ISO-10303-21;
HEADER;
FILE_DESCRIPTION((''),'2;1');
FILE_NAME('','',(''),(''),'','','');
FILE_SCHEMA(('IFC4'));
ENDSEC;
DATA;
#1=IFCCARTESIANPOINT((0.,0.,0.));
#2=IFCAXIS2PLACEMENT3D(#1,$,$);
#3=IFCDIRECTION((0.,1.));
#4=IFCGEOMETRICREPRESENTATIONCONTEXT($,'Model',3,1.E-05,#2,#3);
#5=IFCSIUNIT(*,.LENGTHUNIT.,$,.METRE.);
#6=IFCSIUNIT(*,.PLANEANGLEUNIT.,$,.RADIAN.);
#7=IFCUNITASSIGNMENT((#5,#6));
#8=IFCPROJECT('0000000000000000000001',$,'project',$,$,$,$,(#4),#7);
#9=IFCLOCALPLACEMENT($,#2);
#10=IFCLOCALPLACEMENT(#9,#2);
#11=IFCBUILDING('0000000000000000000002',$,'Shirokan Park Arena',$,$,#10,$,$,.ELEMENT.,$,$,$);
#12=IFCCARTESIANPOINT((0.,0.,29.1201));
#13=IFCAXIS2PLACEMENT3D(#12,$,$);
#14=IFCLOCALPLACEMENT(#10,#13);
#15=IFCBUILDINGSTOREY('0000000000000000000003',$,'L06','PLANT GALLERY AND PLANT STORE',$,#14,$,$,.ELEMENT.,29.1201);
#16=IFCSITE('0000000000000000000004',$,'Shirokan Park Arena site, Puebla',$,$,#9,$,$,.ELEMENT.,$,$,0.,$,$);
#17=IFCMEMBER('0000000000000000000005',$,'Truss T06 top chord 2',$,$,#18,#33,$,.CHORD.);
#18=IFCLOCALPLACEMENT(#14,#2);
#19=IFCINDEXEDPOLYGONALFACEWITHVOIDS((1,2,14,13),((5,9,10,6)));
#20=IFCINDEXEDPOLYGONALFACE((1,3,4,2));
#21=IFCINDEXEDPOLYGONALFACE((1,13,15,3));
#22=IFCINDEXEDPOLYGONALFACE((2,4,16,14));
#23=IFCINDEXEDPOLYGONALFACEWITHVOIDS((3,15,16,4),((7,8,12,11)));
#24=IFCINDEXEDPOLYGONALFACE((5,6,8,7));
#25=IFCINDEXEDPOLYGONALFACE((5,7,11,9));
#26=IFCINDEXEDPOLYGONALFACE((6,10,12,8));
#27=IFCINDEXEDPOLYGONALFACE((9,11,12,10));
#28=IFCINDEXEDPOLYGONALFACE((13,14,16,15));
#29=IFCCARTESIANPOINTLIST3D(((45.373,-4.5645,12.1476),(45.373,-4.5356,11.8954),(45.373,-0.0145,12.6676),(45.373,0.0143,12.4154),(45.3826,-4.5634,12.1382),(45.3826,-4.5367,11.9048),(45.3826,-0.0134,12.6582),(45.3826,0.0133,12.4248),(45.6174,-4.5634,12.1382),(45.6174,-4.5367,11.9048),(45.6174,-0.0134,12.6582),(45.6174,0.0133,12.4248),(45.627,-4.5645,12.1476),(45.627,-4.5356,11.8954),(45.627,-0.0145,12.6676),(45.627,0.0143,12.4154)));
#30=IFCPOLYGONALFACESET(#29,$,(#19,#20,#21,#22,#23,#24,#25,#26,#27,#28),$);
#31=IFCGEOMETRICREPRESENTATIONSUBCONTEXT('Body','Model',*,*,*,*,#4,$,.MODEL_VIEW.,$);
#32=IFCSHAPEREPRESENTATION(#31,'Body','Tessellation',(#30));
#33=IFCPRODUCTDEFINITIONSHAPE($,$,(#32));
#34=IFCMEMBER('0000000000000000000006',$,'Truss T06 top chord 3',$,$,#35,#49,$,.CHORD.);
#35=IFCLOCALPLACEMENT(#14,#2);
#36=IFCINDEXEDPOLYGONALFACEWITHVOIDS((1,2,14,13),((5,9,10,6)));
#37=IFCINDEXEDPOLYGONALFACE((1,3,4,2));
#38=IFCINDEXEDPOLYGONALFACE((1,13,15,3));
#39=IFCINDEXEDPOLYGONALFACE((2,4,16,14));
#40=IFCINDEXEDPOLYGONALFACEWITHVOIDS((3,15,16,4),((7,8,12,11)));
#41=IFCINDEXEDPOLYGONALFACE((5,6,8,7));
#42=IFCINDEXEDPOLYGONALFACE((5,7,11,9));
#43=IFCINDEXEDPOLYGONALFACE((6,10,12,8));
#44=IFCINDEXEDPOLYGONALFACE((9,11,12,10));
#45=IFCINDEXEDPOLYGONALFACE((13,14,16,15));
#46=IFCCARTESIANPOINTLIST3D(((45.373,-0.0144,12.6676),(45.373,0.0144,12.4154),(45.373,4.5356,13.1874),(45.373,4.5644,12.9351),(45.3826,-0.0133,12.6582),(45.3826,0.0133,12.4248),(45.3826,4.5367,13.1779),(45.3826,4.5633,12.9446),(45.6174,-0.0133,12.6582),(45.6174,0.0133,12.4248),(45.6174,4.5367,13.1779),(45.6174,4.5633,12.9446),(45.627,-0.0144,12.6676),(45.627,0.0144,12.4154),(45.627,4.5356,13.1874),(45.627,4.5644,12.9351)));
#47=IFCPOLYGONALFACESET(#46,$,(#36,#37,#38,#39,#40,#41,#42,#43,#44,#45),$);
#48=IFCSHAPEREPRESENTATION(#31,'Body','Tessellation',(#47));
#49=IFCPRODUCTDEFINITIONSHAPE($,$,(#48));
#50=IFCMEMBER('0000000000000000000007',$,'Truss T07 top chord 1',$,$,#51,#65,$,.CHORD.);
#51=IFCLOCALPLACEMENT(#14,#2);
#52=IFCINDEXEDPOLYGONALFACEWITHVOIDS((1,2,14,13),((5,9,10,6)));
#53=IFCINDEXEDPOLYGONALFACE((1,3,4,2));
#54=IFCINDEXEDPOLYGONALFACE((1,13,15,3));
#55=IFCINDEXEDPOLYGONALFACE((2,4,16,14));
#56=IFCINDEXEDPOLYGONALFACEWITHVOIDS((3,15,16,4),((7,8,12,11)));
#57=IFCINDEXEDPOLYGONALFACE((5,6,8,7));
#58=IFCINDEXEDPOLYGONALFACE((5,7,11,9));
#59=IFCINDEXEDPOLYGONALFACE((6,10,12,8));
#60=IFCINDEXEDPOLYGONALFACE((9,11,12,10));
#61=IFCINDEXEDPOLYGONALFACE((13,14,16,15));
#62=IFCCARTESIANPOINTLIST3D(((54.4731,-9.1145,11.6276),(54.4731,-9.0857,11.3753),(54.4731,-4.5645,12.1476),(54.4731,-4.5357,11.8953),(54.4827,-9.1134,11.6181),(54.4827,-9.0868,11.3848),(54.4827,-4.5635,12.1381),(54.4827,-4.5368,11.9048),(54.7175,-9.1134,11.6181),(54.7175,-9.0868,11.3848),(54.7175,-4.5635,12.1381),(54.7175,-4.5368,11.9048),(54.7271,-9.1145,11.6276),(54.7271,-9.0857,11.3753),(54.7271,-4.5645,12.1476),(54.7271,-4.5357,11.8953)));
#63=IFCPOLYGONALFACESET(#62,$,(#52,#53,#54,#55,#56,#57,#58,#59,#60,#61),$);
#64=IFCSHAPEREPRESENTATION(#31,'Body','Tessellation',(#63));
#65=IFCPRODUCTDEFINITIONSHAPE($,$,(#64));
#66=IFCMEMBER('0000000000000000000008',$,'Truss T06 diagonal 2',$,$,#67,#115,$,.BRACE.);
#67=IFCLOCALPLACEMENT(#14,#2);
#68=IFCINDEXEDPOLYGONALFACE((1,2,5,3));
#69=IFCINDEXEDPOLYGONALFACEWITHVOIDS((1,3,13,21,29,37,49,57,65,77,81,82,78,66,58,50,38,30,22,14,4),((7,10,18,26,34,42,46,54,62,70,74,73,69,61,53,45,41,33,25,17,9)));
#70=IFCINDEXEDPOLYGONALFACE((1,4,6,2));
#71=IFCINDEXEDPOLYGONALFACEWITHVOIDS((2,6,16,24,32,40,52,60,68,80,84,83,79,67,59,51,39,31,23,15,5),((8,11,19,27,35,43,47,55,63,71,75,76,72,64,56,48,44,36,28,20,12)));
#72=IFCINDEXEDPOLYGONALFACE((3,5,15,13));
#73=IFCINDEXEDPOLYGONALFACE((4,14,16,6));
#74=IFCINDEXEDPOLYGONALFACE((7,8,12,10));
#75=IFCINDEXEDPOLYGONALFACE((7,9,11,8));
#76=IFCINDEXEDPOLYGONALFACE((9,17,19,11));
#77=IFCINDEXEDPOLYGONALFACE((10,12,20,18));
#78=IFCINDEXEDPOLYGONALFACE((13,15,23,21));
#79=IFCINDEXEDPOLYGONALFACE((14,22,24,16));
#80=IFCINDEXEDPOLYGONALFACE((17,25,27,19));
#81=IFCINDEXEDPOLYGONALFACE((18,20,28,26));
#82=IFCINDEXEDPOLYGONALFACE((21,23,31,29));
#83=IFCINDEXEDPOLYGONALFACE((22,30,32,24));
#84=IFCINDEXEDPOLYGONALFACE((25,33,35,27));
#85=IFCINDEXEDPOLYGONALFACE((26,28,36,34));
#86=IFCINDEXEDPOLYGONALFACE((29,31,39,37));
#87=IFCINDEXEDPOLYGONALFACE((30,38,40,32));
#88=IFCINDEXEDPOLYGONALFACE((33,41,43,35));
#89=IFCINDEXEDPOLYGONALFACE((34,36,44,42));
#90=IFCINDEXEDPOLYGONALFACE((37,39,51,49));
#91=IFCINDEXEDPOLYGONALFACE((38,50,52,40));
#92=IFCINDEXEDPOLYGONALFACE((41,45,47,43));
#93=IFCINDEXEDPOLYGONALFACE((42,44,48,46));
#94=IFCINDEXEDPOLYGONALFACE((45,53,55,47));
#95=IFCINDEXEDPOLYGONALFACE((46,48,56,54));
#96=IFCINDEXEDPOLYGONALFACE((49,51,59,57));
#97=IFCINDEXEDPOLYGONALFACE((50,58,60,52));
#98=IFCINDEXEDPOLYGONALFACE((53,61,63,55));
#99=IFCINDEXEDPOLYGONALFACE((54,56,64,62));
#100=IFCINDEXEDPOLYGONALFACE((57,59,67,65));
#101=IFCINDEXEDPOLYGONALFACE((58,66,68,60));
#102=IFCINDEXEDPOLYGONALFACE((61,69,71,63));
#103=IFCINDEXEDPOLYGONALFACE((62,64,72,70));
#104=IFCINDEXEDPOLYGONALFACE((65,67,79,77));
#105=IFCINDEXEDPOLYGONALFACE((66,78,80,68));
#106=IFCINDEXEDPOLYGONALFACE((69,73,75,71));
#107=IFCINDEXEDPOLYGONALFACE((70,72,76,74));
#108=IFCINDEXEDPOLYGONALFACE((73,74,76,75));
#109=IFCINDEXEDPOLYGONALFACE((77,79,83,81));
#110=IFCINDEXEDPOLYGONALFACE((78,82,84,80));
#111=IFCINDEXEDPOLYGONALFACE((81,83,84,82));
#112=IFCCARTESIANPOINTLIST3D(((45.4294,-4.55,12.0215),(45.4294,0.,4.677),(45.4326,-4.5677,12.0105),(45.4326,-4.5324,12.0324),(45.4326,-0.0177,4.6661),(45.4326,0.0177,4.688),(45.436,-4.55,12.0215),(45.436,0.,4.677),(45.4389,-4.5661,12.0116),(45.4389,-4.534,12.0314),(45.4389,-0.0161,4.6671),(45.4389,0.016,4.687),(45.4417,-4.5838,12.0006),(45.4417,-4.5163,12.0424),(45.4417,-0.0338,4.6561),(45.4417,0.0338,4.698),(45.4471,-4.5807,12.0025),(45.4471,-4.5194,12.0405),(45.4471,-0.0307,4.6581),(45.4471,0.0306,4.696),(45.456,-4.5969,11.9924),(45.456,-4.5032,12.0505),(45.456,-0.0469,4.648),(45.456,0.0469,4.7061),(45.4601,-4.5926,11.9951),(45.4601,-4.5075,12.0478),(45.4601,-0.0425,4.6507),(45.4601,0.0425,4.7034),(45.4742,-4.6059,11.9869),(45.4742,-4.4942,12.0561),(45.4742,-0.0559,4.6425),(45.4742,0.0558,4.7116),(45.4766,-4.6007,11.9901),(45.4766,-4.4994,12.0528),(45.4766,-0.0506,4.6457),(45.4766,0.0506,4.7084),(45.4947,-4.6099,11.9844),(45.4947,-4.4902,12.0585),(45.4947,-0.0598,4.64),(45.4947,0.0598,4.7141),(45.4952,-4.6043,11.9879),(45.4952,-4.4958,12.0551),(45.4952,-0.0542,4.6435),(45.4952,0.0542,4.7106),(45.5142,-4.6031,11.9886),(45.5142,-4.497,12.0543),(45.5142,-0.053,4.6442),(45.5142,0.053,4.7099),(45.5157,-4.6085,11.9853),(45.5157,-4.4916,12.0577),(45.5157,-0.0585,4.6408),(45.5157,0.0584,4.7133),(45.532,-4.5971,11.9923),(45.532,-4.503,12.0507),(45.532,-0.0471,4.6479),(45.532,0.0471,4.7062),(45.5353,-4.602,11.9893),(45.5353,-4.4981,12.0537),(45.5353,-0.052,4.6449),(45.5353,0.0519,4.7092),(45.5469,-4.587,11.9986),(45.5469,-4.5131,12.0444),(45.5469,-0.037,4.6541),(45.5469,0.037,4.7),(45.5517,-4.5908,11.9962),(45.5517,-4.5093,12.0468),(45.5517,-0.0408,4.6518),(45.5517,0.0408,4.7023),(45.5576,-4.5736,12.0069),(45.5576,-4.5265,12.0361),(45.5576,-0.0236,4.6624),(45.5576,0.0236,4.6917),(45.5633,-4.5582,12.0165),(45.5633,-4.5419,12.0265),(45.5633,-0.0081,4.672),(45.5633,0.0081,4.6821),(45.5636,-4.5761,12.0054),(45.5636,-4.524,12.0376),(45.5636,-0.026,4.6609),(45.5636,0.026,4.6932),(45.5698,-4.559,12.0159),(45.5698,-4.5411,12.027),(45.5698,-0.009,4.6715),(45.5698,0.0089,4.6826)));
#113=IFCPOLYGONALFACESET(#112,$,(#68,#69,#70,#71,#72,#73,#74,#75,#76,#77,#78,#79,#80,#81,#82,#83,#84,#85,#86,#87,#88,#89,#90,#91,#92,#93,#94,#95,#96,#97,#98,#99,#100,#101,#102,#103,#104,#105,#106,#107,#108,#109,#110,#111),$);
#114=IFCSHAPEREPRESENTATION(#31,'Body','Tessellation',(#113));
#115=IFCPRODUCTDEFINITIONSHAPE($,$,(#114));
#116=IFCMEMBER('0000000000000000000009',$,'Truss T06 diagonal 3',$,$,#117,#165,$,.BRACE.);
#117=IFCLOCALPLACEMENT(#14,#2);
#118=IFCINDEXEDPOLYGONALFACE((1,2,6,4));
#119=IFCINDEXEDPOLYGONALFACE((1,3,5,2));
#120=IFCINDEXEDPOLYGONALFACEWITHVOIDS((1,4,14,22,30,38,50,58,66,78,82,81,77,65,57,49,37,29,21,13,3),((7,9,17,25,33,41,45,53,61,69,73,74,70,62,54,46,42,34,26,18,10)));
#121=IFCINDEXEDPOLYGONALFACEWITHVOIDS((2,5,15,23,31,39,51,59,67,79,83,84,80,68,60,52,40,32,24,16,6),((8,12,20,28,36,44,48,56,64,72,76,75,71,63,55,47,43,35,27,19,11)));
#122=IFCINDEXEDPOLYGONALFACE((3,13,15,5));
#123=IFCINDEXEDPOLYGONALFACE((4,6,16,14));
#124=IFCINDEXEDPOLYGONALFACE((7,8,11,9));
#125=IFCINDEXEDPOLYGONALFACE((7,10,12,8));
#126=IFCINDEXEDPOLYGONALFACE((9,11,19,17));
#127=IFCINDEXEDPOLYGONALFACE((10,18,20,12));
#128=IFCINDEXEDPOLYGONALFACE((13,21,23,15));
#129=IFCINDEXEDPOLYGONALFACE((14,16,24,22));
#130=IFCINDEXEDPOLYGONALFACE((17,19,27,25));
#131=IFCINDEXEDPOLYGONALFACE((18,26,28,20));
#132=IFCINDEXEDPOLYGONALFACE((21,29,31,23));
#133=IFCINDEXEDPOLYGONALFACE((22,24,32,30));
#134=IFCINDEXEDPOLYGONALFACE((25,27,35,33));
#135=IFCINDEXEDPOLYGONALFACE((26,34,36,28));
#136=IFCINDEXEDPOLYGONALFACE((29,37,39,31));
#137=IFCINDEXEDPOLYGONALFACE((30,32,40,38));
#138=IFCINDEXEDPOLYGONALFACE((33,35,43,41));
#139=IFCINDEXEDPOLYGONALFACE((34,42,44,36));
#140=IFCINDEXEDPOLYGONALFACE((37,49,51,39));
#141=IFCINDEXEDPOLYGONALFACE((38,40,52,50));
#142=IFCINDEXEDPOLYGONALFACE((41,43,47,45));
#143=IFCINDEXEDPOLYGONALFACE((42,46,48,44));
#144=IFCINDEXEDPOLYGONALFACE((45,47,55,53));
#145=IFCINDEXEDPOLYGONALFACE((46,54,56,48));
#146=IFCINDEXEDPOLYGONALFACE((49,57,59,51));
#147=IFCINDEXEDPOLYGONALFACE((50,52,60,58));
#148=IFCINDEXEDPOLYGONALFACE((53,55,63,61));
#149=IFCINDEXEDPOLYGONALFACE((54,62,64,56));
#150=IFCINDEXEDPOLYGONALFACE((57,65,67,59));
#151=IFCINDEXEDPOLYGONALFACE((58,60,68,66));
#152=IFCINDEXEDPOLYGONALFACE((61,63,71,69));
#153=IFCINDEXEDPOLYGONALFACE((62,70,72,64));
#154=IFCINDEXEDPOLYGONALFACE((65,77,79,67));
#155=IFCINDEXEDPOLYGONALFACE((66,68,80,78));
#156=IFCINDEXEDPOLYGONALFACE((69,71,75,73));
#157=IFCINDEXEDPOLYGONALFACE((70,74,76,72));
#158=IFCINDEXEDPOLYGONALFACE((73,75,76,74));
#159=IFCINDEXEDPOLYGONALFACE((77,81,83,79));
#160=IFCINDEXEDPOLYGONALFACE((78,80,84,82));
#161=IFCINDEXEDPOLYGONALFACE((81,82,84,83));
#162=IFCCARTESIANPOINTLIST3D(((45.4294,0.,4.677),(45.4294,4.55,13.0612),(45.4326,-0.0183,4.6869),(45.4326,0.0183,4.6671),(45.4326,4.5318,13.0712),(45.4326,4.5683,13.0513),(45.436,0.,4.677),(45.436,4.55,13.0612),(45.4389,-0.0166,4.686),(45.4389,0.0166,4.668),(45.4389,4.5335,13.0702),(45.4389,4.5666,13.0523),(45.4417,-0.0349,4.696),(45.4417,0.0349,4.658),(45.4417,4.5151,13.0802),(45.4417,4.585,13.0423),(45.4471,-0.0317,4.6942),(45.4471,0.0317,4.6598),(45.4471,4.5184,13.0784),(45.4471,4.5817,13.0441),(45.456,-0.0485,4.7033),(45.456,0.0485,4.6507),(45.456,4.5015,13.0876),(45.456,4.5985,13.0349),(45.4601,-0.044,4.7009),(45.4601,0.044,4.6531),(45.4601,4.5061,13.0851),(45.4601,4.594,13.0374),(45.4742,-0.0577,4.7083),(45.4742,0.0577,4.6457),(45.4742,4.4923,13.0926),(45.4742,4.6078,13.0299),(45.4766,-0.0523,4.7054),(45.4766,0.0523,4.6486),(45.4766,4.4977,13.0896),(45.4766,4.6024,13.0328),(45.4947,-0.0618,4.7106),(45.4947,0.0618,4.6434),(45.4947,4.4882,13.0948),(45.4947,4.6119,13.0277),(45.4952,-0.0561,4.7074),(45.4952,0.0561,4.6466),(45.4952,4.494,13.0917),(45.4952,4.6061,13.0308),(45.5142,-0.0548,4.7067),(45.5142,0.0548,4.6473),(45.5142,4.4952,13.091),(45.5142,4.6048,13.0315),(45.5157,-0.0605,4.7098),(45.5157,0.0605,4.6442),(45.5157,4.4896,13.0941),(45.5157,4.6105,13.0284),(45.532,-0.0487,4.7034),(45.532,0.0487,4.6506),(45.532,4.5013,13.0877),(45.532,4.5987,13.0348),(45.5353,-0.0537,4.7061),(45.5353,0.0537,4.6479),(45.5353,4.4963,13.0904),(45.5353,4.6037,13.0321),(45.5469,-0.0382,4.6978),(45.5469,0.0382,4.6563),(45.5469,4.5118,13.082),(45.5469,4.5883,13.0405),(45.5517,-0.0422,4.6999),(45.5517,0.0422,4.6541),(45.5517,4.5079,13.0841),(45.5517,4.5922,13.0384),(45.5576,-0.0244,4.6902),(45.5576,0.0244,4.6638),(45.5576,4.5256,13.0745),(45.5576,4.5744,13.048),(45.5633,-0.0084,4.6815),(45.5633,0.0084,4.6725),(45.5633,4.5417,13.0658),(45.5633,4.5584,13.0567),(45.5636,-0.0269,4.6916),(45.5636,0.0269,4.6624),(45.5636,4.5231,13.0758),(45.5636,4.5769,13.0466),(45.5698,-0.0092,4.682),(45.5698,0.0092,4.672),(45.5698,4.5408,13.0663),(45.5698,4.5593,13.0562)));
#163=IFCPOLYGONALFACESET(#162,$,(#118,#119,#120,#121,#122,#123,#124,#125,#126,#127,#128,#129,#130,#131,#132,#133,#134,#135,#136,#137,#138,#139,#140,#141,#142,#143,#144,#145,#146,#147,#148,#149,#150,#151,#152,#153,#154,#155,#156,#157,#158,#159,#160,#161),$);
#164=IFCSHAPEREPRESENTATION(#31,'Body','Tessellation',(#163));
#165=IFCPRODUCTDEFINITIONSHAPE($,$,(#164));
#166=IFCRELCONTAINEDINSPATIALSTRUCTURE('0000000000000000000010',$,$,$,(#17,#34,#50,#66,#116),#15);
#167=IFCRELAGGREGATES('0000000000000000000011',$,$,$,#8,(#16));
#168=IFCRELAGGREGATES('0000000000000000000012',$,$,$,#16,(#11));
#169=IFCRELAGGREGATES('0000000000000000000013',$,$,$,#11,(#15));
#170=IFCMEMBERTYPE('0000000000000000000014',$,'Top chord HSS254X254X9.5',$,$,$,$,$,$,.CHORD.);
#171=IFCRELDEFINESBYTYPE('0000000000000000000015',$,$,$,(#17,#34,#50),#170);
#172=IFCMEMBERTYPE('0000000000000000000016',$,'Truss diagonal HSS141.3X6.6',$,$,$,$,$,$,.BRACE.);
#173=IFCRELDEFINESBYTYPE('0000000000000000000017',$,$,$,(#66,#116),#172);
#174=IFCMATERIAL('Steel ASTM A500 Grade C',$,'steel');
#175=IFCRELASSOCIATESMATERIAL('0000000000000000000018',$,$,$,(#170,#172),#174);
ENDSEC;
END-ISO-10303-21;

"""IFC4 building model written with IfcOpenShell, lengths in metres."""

from ifc_helpers import new_model, si_unit, direction, frame, origin, origin_2d, place, context, subcontext, project, spatial, hollow_rectangle, hollow_circle, extrude, material, material_profile, profile_set, type_object, element, save


model = new_model("IFC4")

# Units and contexts
model_context = context("Model", 3, precision=1e-05, world=origin(), true_north=direction((0.0, 1.0)))
body_context = subcontext(model_context, "Body", "Model", "MODEL_VIEW")
ifc_project = project(units=[si_unit("LENGTHUNIT", "METRE"), si_unit("PLANEANGLEUNIT", "RADIAN")], contexts=[model_context])

# Site, building, storey
site_placement = place(None, origin())
site = spatial("IfcSite", under=ifc_project, at=site_placement, Name="Shirokan Park Arena site, Puebla", CompositionType="ELEMENT", RefElevation=0.0)
building_placement = place(site_placement, origin())
building = spatial("IfcBuilding", under=site, at=building_placement, Name="Shirokan Park Arena", CompositionType="ELEMENT")
storey_placement = place(building_placement, frame((0.0, 0.0, 29.1201)))
storey = spatial("IfcBuildingStorey", under=building, at=storey_placement, Name="L06", Description="PLANT GALLERY AND PLANT STORE", CompositionType="ELEMENT", Elevation=29.1201)

# Shared definitions
ifc_material_1 = material(Name="Steel ASTM A500 Grade C", Category="steel")

# Members
ifc_material_profile_1 = material_profile(ifc_material_1, hollow_rectangle(XDim=0.2539, YDim=0.2539, WallThickness=0.0095, at=origin_2d()), Name="HSS254X254X9.5")
ifc_profile_set_1 = profile_set([ifc_material_profile_1], Name="Steel ASTM A500 Grade C")
member_type_1 = type_object("IfcMemberType", Name="Top chord HSS254X254X9.5", PredefinedType="CHORD", material=ifc_profile_set_1)
for number, where, z_axis, x_axis, name in (
    (1, (45.5, -4.55, 12.0215), (0.0, 0.993532, 0.11355), (-1.0, 0.0, 0.0), "Truss T06 top chord 2"),
    (2, (45.5, 0.0, 12.5415), (0.0, 0.993538, 0.113497), (-1.0, 0.0, 0.0), "Truss T06 top chord 3"),
    (3, (54.6001, -9.1001, 11.5015), (0.0, 0.993532, 0.11355), (-1.0, 0.0, 0.0), "Truss T07 top chord 1"),
):
    element("IfcMember", number, at=place(storey_placement, frame(where, z_axis=z_axis, x_axis=x_axis)), inside=storey, type_object=member_type_1, Name=name, PredefinedType="CHORD", context=body_context, shape_type="SweptSolid", body=[
        extrude(hollow_rectangle(XDim=0.2539, YDim=0.2539, WallThickness=0.0095, at=origin_2d()), origin(), (0.0, 0.0, 1.0), 4.5796),
    ])
ifc_material_profile_2 = material_profile(ifc_material_1, hollow_circle(Radius=0.0706, WallThickness=0.0066, at=origin_2d()), Name="HSS141.3X6.6")
ifc_profile_set_2 = profile_set([ifc_material_profile_2], Name="Steel ASTM A500 Grade C")
member_type_2 = type_object("IfcMemberType", Name="Truss diagonal HSS141.3X6.6", PredefinedType="BRACE", material=ifc_profile_set_2)
member_1_placement = place(storey_placement, frame((45.5, -4.55, 12.0215), z_axis=(0.0, 0.526644, -0.850086), x_axis=(-1.0, 0.0, 0.0)))
element("IfcMember", 4, at=member_1_placement, inside=storey, type_object=member_type_2, Name="Truss T06 diagonal 2", PredefinedType="BRACE", context=body_context, shape_type="SweptSolid", body=[
    extrude(hollow_circle(Radius=0.0706, WallThickness=0.0066, at=origin_2d()), origin(), (0.0, 0.0, 1.0), 8.6396),
])
member_2_placement = place(storey_placement, frame((45.5, 0.0, 4.677), z_axis=(0.0, 0.476977, 0.878916), x_axis=(-1.0, 0.0, 0.0)))
element("IfcMember", 5, at=member_2_placement, inside=storey, type_object=member_type_2, Name="Truss T06 diagonal 3", PredefinedType="BRACE", context=body_context, shape_type="SweptSolid", body=[
    extrude(hollow_circle(Radius=0.0706, WallThickness=0.0066, at=origin_2d()), origin(), (0.0, 0.0, 1.0), 9.5393),
])

save(model, "model.ifc")
